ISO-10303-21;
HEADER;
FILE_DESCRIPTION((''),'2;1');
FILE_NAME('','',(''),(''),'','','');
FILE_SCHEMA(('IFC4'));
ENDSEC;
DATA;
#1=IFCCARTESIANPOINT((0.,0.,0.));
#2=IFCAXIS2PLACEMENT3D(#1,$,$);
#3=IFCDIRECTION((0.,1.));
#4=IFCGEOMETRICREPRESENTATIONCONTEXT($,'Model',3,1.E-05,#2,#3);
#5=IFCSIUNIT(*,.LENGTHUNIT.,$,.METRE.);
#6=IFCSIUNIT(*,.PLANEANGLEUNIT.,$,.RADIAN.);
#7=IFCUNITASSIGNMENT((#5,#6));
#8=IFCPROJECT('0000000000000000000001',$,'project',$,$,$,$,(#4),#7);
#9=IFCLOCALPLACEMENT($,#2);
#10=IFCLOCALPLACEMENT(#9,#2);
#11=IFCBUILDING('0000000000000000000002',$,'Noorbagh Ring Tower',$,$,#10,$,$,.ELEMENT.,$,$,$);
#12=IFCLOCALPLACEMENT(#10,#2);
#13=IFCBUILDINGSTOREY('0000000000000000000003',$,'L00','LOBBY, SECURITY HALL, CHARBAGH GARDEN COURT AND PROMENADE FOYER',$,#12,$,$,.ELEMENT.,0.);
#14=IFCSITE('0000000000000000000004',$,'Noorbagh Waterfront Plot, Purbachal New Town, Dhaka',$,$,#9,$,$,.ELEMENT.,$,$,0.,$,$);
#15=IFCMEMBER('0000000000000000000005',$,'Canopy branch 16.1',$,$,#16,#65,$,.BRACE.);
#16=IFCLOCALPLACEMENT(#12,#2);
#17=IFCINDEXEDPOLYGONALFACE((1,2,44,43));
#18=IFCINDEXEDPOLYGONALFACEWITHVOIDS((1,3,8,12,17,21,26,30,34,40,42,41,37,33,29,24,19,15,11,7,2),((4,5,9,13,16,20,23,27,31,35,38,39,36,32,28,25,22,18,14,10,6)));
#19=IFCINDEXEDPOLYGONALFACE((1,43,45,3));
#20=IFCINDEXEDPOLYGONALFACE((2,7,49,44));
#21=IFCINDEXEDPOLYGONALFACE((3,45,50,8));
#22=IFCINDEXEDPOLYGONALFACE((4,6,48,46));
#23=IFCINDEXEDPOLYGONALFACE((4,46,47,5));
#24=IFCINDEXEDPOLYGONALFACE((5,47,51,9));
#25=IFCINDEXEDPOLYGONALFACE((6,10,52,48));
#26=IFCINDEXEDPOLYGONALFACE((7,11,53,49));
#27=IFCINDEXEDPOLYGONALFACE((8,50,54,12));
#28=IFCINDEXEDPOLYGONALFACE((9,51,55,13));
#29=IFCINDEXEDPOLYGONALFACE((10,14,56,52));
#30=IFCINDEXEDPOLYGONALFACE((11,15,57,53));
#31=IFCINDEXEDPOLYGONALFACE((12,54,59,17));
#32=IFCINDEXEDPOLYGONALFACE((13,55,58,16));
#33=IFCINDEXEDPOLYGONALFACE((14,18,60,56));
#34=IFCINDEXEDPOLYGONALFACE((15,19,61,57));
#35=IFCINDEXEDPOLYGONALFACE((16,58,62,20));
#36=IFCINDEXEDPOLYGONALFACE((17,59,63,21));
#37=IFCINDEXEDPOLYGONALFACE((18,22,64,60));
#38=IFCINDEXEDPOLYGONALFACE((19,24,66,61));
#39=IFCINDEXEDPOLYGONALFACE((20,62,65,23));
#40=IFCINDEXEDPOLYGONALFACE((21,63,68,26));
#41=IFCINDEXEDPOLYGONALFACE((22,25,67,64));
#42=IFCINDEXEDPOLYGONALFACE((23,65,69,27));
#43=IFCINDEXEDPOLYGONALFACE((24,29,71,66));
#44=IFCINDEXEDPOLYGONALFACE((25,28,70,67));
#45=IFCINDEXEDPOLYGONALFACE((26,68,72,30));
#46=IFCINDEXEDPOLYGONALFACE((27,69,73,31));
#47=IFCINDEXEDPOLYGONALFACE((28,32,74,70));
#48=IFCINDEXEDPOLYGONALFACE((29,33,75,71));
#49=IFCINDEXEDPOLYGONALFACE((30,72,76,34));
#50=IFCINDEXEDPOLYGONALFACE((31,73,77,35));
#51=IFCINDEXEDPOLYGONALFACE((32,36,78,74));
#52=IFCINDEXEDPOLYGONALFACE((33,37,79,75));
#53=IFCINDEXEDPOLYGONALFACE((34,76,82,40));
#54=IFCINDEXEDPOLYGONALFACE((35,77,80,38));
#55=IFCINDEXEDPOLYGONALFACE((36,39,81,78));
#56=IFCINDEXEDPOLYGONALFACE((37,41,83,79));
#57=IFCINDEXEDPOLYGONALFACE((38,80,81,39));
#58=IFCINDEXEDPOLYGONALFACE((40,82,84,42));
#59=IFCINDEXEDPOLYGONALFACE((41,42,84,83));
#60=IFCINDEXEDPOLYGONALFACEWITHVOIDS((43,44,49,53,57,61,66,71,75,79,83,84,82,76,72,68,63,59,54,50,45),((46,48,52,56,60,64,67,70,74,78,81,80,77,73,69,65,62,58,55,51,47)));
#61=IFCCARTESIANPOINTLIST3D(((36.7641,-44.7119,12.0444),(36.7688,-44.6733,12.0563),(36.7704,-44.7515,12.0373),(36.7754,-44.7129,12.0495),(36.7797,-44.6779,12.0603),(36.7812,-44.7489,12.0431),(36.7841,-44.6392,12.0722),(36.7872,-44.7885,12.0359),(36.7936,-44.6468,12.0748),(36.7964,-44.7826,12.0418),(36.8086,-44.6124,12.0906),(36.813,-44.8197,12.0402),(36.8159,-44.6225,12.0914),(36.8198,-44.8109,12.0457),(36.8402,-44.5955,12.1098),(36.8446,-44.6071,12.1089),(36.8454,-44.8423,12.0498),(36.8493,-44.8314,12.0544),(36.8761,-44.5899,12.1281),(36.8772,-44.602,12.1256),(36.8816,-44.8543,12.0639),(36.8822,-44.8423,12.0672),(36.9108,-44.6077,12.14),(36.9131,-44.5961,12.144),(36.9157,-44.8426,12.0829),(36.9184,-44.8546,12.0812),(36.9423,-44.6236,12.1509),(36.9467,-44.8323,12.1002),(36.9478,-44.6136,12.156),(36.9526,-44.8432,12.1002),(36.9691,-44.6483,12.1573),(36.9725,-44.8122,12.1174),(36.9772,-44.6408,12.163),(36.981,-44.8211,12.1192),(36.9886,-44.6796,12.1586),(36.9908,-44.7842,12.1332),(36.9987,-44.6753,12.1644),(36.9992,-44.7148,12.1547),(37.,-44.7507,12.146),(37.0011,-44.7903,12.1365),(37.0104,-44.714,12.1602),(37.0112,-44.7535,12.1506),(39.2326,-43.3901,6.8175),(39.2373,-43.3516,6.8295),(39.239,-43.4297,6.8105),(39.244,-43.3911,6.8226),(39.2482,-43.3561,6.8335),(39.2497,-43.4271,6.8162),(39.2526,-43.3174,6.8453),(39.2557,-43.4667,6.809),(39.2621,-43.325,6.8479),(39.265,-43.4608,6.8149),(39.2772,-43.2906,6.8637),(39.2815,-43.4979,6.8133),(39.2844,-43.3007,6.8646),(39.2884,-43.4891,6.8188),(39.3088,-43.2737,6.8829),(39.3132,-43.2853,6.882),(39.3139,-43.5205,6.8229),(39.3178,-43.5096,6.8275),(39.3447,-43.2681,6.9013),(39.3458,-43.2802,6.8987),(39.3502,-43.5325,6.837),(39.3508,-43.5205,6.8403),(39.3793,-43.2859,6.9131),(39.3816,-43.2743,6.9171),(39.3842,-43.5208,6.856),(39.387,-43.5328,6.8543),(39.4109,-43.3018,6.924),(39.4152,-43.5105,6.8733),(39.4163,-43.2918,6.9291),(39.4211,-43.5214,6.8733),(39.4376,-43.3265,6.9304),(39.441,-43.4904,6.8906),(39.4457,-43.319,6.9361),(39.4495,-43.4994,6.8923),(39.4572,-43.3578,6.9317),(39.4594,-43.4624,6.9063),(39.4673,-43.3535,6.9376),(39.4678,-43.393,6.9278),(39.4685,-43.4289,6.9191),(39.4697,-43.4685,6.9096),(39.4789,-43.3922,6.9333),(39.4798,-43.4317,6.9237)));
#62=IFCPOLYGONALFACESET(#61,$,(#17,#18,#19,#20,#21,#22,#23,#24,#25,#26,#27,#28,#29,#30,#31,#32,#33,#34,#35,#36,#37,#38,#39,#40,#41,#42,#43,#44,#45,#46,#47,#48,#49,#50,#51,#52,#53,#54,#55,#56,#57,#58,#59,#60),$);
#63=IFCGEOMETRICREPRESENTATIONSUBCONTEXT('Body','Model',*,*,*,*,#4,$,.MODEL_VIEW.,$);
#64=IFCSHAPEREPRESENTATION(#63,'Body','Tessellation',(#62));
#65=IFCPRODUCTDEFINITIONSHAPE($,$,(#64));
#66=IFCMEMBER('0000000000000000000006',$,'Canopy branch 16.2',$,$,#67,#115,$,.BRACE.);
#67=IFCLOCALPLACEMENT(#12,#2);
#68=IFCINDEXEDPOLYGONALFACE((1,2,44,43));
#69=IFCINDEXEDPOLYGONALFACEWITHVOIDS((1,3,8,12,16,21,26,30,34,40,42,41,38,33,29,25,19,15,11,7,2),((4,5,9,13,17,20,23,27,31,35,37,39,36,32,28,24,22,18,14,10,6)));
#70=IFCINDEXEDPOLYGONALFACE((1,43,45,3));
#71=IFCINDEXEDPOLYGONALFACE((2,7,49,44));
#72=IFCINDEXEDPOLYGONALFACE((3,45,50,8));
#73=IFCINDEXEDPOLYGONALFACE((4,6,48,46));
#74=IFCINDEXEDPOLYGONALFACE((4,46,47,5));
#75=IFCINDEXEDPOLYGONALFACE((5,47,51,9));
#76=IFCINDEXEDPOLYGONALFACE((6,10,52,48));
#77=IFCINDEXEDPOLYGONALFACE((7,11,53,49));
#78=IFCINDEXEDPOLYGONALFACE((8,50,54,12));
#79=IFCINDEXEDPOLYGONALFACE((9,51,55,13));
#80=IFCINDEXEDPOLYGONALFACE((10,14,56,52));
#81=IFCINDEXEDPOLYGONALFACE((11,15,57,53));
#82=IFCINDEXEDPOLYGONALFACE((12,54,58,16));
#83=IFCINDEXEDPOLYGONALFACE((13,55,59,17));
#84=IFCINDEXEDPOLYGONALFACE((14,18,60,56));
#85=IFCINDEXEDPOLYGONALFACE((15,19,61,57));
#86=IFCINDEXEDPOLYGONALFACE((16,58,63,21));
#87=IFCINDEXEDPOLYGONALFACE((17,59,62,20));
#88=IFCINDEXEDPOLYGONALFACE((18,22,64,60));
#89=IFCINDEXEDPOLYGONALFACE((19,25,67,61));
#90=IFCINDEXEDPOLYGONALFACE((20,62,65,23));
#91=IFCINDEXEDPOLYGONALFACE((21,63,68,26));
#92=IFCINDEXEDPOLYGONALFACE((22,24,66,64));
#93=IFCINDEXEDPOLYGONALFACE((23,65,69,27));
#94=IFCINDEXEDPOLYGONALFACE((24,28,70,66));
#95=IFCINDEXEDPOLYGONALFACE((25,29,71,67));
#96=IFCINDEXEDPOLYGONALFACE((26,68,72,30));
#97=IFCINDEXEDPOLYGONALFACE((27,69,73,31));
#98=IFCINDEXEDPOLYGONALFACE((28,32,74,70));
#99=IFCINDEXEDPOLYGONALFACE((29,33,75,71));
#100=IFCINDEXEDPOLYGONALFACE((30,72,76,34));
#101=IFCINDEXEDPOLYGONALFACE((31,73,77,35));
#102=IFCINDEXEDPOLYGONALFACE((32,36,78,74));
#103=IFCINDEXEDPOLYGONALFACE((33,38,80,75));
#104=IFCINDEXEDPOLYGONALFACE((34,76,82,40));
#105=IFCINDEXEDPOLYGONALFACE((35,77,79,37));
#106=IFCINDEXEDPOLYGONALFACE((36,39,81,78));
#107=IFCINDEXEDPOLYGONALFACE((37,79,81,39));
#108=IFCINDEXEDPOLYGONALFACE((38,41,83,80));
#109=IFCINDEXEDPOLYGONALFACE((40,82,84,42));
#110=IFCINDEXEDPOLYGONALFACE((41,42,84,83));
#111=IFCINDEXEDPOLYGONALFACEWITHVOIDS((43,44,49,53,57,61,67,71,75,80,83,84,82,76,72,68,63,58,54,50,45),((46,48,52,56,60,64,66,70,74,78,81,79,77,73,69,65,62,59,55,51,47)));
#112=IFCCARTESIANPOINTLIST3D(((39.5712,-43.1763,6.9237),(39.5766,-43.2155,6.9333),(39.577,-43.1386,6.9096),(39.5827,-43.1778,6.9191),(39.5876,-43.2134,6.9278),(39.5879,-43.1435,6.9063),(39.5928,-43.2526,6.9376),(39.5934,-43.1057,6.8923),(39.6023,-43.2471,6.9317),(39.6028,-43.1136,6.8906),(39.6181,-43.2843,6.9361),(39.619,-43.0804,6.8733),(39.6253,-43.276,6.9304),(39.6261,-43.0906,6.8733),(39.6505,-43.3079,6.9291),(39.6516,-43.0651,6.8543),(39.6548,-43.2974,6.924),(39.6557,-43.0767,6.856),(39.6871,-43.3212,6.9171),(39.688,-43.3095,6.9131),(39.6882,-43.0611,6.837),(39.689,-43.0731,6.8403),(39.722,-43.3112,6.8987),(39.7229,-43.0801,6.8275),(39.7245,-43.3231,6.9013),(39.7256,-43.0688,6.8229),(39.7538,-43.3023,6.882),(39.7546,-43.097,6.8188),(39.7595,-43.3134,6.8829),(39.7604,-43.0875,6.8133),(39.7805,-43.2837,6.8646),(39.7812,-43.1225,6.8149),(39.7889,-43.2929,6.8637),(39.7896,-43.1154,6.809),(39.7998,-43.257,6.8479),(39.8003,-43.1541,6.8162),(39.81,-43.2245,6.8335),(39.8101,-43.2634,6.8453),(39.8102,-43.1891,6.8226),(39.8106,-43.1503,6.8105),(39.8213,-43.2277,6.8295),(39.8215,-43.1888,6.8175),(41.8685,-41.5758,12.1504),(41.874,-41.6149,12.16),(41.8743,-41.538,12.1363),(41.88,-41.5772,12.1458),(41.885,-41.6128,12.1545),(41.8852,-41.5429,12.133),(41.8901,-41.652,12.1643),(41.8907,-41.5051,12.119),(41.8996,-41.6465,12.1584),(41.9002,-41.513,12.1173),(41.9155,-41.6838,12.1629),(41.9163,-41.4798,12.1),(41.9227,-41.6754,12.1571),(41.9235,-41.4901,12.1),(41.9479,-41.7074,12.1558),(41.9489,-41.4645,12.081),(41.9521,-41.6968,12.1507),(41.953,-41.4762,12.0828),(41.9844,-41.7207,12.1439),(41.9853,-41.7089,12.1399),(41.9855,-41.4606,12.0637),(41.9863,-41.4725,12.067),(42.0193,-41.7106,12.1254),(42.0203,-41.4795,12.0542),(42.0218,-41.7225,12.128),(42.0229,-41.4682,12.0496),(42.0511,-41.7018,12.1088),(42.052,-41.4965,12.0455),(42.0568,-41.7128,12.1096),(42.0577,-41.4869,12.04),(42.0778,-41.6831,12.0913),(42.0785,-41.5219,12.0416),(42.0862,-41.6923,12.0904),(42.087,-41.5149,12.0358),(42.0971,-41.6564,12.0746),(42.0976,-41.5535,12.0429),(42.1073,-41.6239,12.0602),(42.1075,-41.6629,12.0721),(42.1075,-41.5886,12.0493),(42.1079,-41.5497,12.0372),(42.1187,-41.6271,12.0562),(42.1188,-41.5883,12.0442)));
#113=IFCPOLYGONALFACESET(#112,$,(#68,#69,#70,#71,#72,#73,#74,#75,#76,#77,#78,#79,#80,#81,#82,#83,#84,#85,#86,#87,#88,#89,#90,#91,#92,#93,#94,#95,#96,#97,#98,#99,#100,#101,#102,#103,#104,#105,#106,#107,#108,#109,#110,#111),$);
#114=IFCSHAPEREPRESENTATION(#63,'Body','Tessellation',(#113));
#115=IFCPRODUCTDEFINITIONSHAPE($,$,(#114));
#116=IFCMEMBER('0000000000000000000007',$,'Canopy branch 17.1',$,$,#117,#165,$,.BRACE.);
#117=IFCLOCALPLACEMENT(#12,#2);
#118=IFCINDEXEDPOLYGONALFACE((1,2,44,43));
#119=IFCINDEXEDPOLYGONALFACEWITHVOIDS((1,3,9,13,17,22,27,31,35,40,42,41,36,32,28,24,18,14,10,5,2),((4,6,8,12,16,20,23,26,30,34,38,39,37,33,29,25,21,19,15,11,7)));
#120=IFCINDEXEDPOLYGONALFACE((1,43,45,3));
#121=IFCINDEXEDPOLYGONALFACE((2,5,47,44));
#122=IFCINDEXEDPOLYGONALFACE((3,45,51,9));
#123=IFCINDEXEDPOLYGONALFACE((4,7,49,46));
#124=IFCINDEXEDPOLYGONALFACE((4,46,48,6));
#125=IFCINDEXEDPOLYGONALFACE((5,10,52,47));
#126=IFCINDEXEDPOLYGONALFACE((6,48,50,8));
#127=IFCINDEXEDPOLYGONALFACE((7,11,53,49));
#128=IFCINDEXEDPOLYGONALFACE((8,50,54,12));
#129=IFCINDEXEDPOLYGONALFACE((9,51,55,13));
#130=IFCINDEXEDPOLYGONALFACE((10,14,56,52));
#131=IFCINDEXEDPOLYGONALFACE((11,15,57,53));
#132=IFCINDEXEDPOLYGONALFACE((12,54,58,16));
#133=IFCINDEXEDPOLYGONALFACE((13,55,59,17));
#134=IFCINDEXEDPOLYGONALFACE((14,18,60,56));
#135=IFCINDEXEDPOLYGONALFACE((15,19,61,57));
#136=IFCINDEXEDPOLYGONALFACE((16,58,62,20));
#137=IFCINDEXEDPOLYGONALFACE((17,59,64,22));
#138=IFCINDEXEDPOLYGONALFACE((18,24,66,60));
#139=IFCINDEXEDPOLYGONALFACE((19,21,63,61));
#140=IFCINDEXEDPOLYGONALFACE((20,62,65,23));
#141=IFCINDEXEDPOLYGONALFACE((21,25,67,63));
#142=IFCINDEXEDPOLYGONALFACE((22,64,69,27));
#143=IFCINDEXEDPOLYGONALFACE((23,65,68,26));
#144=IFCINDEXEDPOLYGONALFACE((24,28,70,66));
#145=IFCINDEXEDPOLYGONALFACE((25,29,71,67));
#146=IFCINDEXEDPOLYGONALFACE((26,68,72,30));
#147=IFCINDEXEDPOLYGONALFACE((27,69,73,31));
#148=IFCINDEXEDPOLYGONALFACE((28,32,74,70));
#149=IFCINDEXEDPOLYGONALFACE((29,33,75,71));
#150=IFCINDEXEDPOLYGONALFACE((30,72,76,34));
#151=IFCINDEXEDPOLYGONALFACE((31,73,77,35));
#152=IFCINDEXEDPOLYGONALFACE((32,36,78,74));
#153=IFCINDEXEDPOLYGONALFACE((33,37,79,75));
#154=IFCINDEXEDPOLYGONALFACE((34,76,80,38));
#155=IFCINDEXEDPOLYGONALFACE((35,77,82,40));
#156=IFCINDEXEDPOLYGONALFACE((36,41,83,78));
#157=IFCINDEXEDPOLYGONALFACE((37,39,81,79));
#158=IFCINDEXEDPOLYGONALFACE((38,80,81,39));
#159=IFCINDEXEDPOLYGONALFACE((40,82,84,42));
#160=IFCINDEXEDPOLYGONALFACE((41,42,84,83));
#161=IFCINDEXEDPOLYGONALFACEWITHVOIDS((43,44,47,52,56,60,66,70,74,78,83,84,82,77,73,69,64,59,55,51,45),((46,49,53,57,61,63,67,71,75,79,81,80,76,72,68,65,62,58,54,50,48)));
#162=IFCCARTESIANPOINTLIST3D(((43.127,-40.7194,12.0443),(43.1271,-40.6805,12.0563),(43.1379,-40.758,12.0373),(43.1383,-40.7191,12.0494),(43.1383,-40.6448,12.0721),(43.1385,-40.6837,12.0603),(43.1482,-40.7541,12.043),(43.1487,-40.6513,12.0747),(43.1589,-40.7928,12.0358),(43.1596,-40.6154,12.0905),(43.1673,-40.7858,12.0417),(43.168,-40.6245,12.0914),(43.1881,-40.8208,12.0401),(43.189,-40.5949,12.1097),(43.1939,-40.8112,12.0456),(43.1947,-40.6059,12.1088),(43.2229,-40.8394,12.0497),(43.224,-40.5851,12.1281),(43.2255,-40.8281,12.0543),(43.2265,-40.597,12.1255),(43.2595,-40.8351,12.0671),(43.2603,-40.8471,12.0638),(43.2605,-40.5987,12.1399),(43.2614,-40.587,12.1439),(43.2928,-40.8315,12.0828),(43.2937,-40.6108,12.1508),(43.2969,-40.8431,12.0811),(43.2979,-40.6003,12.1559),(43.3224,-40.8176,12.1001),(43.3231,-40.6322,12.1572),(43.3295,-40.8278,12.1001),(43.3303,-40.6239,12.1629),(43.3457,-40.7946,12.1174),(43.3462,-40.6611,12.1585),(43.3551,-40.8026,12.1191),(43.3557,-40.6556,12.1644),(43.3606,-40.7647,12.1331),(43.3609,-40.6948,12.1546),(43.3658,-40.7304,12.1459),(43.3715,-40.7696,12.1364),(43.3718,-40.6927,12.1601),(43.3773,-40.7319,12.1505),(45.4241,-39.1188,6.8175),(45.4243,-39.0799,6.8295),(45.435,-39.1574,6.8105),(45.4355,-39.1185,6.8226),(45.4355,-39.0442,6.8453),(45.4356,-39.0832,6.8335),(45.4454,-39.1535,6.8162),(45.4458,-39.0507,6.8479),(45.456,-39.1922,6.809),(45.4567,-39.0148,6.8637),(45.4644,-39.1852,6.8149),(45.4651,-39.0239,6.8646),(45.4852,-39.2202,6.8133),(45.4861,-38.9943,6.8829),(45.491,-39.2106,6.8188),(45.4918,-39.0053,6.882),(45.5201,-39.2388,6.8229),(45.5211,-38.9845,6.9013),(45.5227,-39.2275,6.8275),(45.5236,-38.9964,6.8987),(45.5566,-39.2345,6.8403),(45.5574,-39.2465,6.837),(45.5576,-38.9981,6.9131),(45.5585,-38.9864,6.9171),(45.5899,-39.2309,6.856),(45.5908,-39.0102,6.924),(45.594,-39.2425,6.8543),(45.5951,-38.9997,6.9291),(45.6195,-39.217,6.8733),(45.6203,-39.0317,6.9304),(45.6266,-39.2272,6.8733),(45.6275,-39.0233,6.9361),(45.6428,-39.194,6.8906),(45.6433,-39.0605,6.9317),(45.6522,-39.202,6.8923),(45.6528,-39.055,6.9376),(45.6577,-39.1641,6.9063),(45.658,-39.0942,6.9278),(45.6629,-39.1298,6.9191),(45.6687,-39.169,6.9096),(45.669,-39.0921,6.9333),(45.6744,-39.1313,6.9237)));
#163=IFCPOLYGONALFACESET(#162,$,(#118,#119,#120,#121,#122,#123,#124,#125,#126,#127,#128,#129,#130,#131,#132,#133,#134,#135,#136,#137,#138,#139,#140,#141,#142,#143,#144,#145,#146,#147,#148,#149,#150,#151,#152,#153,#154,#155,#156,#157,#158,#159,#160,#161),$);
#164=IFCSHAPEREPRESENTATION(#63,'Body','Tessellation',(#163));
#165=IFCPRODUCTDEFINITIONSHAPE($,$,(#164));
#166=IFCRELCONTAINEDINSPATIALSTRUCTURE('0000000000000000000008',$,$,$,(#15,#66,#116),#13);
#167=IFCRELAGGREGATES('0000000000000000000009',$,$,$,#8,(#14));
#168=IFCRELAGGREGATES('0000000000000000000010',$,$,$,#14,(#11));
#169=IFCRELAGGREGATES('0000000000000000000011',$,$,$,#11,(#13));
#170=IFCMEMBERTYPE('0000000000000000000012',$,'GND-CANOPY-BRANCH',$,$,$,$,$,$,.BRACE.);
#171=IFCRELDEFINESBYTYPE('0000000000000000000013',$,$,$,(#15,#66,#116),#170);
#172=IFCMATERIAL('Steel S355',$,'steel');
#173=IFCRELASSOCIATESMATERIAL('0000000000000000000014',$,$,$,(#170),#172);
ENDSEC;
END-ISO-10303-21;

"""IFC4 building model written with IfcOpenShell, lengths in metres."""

from ifc_helpers import new_model, si_unit, direction, frame, origin, origin_2d, place, context, subcontext, project, spatial, hollow_circle, extrude, material, material_profile, profile_set, type_object, element, save


model = new_model("IFC4")

# Units and contexts
model_context = context("Model", 3, precision=1e-05, world=origin(), true_north=direction((0.0, 1.0)))
body_context = subcontext(model_context, "Body", "Model", "MODEL_VIEW")
ifc_project = project(units=[si_unit("LENGTHUNIT", "METRE"), si_unit("PLANEANGLEUNIT", "RADIAN")], contexts=[model_context])

# Site, building, storey
site_placement = place(None, origin())
site = spatial("IfcSite", under=ifc_project, at=site_placement, Name="Noorbagh Waterfront Plot, Purbachal New Town, Dhaka", CompositionType="ELEMENT", RefElevation=0.0)
building_placement = place(site_placement, origin())
building = spatial("IfcBuilding", under=site, at=building_placement, Name="Noorbagh Ring Tower", CompositionType="ELEMENT")
storey_placement = place(building_placement, origin())
storey = spatial("IfcBuildingStorey", under=building, at=storey_placement, Name="L00", Description="LOBBY, SECURITY HALL, CHARBAGH GARDEN COURT AND PROMENADE FOYER", CompositionType="ELEMENT", Elevation=0.0)

# Members
ifc_material_1 = material(Name="Steel S355", Category="steel")
ifc_material_profile_1 = material_profile(ifc_material_1, hollow_circle(Radius=0.1365, WallThickness=0.0125, at=origin_2d()), Name="CHS273x12.5")
ifc_profile_set_1 = profile_set([ifc_material_profile_1], Name="Steel S355")
member_type = type_object("IfcMemberType", Name="GND-CANOPY-BRANCH", PredefinedType="BRACE", material=ifc_profile_set_1)
for number, where, z_axis, x_axis, name in (
    (1, (39.3567, -43.4011, 6.8733), (-0.416302, -0.222912, 0.881478), (0.472045, -0.881575, 0.0), "Canopy branch 16.1"),
):
    element("IfcMember", number, at=place(storey_placement, frame(where, z_axis=z_axis, x_axis=x_axis)), inside=storey, type_object=member_type, Name=name, PredefinedType="BRACE", context=body_context, shape_type="SweptSolid", body=[
        extrude(hollow_circle(Radius=0.1365, WallThickness=0.0125, at=origin_2d()), origin(), (0.0, 0.0, 1.0), 5.9297),
    ])
for number, where, z_axis, x_axis, name in (
    (2, (39.697, -43.1924, 6.8733), (0.387445, 0.269935, 0.881488), (-0.571647, 0.8205, 0.0), "Canopy branch 16.2"),
    (3, (45.5486, -39.1152, 6.8733), (-0.38741, -0.269939, 0.881502), (0.571688, -0.820471, 0.0), "Canopy branch 17.1"),
):
    element("IfcMember", number, at=place(storey_placement, frame(where, z_axis=z_axis, x_axis=x_axis)), inside=storey, type_object=member_type, Name=name, PredefinedType="BRACE", context=body_context, shape_type="SweptSolid", body=[
        extrude(hollow_circle(Radius=0.1365, WallThickness=0.0125, at=origin_2d()), origin(), (0.0, 0.0, 1.0), 5.9294),
    ])

save(model, "model.ifc")
